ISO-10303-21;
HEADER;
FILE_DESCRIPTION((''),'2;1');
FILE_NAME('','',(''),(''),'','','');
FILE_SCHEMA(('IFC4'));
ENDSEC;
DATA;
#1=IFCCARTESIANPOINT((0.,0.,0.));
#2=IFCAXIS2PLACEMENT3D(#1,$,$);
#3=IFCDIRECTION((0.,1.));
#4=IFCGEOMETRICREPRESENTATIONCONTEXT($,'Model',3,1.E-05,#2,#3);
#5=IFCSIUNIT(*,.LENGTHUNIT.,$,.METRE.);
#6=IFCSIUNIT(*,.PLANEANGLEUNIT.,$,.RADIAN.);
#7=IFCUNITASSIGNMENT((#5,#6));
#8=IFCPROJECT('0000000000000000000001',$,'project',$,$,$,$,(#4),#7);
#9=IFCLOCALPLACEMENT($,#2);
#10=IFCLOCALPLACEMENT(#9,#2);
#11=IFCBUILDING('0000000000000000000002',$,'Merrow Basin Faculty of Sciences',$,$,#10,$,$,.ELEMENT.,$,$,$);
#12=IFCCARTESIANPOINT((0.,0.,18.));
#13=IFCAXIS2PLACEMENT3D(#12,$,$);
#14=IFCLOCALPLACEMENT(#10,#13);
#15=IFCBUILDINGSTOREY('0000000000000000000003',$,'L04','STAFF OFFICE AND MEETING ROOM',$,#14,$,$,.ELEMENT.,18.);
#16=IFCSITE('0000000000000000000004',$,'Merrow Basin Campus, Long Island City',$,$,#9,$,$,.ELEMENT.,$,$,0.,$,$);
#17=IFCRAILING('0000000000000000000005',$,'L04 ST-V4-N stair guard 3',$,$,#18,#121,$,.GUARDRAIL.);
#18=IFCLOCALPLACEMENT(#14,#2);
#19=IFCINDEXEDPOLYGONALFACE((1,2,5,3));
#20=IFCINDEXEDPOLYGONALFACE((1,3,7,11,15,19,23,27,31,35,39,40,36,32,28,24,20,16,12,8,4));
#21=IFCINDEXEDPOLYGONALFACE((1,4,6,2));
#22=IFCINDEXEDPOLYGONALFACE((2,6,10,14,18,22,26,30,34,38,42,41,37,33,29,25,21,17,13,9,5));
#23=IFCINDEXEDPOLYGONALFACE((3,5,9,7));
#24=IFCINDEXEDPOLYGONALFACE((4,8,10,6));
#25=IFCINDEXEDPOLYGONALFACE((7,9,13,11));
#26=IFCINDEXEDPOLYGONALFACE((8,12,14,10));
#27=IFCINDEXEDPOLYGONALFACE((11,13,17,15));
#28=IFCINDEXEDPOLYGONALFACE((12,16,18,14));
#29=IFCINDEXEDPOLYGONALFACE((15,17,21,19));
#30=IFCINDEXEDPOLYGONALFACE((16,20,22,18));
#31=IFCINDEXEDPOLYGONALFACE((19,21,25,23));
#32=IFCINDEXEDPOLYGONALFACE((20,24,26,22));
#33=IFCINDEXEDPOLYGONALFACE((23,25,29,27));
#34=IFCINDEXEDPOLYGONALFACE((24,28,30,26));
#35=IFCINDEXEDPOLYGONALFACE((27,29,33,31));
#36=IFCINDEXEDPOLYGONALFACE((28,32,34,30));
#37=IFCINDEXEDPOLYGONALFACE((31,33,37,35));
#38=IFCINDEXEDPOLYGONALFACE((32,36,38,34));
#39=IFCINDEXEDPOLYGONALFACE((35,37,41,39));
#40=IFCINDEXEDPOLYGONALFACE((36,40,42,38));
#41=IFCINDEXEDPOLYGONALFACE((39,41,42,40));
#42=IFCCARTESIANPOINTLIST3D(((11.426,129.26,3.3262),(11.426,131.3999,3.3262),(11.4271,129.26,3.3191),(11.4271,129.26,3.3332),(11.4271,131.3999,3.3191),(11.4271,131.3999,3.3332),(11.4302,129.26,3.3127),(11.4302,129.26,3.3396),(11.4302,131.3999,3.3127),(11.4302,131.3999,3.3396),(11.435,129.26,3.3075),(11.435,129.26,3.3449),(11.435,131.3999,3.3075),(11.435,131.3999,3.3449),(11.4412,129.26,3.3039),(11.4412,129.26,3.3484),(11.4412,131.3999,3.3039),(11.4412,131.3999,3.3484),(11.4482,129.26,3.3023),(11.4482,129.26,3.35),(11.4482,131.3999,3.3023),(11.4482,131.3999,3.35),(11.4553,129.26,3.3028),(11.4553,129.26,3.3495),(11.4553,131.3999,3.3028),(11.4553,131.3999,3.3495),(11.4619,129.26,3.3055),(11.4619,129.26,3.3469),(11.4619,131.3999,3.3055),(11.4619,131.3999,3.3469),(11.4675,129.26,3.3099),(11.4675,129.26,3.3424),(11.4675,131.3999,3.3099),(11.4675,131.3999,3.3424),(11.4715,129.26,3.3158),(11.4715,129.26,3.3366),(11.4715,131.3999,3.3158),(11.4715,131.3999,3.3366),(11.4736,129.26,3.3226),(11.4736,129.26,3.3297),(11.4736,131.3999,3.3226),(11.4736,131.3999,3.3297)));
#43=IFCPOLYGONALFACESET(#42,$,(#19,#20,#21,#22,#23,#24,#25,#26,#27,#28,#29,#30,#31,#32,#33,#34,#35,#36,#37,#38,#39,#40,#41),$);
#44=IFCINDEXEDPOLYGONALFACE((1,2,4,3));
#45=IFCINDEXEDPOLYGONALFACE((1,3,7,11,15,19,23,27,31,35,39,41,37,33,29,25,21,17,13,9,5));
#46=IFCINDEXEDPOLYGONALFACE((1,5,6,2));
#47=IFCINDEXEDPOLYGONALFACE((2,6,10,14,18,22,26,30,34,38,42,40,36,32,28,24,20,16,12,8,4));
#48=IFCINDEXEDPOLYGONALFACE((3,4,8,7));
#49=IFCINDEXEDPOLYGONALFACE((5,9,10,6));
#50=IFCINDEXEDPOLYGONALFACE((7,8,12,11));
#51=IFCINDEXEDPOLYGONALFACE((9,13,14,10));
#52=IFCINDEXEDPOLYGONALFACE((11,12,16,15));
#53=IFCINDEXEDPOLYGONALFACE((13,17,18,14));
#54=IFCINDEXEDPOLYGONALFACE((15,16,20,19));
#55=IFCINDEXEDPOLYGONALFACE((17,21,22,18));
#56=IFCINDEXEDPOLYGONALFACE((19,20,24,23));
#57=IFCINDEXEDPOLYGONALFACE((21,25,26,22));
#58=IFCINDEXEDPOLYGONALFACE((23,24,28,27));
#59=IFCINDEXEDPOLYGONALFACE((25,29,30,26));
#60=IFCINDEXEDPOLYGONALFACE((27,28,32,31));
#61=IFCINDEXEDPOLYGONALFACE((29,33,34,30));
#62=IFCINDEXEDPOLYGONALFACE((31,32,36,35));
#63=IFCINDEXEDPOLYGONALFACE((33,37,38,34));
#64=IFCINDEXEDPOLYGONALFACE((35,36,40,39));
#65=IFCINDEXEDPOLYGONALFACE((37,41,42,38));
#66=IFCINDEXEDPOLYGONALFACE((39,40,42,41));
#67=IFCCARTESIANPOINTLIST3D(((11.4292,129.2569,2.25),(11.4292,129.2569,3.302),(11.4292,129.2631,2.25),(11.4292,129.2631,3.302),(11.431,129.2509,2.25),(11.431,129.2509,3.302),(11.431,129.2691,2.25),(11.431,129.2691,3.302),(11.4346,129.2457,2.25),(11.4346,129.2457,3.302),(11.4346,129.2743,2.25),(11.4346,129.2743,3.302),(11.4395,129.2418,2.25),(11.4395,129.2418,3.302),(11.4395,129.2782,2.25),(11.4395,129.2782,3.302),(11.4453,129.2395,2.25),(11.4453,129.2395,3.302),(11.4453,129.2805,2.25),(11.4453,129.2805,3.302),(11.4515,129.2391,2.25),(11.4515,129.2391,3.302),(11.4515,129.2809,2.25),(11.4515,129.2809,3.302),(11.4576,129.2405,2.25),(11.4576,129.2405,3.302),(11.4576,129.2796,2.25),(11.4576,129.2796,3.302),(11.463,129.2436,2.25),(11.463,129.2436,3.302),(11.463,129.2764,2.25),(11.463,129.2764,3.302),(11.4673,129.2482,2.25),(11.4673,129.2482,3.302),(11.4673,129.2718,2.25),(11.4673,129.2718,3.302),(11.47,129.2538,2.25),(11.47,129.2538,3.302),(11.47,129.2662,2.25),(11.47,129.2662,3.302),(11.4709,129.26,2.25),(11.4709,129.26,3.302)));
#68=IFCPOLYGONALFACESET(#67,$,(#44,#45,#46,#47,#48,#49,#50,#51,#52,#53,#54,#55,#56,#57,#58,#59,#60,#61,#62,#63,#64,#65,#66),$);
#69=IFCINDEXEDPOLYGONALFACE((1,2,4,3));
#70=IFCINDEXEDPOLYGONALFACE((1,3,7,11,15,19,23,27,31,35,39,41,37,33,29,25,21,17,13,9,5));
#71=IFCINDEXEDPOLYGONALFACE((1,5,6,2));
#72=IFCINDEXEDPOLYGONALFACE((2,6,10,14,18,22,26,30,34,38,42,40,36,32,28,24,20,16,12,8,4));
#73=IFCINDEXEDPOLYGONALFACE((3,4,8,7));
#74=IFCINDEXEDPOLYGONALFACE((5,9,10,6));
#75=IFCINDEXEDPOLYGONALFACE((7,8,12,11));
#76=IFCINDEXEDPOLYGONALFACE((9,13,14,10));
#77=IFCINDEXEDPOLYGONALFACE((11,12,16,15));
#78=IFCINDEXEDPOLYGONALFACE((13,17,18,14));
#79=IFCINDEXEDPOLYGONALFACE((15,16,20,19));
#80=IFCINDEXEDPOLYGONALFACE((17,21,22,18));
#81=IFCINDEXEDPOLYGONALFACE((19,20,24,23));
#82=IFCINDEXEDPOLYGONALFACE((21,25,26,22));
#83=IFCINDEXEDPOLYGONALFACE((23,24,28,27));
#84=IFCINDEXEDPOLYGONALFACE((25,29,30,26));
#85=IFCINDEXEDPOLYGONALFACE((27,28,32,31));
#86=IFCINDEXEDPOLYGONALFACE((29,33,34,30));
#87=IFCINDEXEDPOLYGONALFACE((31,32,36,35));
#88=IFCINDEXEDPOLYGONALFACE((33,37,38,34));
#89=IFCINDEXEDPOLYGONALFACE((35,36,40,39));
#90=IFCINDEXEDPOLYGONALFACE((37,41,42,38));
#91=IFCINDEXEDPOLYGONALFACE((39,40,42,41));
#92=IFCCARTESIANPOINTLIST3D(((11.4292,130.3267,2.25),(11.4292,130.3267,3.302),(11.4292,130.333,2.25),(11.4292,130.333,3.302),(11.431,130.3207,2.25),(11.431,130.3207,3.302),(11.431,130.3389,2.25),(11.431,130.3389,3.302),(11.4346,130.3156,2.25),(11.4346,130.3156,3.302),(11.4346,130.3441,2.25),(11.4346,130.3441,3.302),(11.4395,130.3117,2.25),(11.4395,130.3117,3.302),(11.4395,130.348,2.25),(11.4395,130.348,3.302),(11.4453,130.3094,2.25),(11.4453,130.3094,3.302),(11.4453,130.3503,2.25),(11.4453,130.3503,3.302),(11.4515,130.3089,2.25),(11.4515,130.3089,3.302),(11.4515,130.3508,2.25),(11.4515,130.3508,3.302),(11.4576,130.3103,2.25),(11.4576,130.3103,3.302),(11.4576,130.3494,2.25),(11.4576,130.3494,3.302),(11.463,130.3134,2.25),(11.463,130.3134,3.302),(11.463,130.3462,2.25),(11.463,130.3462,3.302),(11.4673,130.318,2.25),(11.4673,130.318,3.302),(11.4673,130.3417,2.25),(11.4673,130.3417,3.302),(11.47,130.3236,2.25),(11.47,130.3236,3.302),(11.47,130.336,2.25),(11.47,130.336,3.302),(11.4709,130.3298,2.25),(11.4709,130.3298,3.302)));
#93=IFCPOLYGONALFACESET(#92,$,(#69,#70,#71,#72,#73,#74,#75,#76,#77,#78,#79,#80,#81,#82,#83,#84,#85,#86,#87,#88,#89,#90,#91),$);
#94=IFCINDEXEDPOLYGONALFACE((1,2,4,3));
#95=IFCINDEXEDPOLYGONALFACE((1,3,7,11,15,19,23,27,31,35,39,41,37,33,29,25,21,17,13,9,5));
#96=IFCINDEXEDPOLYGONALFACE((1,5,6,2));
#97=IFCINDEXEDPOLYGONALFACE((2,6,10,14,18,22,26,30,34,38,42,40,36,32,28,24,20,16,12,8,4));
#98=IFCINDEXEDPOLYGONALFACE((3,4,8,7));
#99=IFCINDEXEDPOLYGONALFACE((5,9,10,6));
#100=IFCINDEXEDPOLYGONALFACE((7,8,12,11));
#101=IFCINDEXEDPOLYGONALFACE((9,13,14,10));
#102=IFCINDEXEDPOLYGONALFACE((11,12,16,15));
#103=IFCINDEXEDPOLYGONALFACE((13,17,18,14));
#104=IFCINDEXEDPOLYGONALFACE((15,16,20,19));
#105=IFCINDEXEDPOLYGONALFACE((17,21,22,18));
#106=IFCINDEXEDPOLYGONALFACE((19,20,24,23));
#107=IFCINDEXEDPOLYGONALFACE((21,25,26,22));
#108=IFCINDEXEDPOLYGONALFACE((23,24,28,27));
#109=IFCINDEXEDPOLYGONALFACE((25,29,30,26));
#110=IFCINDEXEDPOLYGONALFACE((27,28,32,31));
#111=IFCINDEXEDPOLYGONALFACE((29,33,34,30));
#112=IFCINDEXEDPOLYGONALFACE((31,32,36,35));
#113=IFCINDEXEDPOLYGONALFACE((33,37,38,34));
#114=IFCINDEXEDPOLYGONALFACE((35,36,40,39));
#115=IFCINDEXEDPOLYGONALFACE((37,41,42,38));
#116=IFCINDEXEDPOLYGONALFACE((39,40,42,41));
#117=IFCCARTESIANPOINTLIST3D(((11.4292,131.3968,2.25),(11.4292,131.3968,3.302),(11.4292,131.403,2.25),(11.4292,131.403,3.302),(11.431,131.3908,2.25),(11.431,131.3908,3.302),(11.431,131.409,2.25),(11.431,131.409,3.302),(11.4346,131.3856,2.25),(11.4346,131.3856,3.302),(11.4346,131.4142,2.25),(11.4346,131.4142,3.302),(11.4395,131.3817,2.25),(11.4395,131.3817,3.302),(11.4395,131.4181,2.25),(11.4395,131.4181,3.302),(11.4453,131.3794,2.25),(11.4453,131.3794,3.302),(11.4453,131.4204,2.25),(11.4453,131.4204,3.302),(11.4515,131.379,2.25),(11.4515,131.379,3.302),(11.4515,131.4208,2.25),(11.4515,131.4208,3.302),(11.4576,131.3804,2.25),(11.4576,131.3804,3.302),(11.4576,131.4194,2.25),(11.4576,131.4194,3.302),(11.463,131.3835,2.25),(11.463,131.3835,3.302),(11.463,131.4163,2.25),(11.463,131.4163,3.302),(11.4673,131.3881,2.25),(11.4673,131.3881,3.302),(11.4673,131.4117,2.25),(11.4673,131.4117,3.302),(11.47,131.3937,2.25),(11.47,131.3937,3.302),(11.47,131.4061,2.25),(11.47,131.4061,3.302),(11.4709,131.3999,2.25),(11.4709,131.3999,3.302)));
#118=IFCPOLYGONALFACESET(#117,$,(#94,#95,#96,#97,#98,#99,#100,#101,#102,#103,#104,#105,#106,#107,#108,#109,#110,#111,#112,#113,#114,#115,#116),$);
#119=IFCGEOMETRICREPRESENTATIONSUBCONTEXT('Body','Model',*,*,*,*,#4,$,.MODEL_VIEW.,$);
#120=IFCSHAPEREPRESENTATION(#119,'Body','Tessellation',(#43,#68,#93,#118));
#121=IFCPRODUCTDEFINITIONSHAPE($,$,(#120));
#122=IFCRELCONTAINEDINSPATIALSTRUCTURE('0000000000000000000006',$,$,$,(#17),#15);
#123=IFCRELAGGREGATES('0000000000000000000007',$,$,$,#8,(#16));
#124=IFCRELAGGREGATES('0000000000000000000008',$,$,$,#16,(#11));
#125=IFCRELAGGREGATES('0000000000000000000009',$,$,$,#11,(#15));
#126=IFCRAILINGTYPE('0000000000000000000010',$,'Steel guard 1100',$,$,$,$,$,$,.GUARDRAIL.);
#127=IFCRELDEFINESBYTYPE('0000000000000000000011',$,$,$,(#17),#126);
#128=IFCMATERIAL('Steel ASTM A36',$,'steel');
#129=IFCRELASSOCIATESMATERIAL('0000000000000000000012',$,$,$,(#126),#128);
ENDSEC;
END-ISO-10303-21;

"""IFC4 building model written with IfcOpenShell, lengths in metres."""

from ifc_helpers import new_model, si_unit, direction, frame, origin, origin_2d, place, context, subcontext, project, spatial, circle, extrude, material, type_object, element, save


model = new_model("IFC4")

# Units and contexts
model_context = context("Model", 3, precision=1e-05, world=origin(), true_north=direction((0.0, 1.0)))
body_context = subcontext(model_context, "Body", "Model", "MODEL_VIEW")
ifc_project = project(units=[si_unit("LENGTHUNIT", "METRE"), si_unit("PLANEANGLEUNIT", "RADIAN")], contexts=[model_context])

# Site, building, storey
site_placement = place(None, origin())
site = spatial("IfcSite", under=ifc_project, at=site_placement, Name="Merrow Basin Campus, Long Island City", CompositionType="ELEMENT", RefElevation=0.0)
building_placement = place(site_placement, origin())
building = spatial("IfcBuilding", under=site, at=building_placement, Name="Merrow Basin Faculty of Sciences", CompositionType="ELEMENT")
storey_placement = place(building_placement, frame((0.0, 0.0, 18.0)))
storey = spatial("IfcBuildingStorey", under=building, at=storey_placement, Name="L04", Description="STAFF OFFICE AND MEETING ROOM", CompositionType="ELEMENT", Elevation=18.0)

# Railing
ifc_material_1 = material(Name="Steel ASTM A36", Category="steel")
railing_type_1 = type_object("IfcRailingType", Name="Steel guard 1100", PredefinedType="GUARDRAIL", material=ifc_material_1)
railing_1_placement = place(storey_placement, frame((11.45, 129.26, 2.25)))
element("IfcRailing", 1, at=railing_1_placement, inside=storey, type_object=railing_type_1, Name="L04 ST-V4-N stair guard 3", PredefinedType="GUARDRAIL", context=body_context, shape_type="SweptSolid", body=[
    extrude(circle(Radius=0.0239, at=origin_2d()), frame((0.0, 0.0, 1.0762), z_axis=(0.0, 1.0, 0.0), x_axis=(-1.0, 0.0, 0.0)), (0.0, 0.0, 1.0), 2.1399),
    extrude(circle(Radius=0.021, at=origin_2d()), origin(), (0.0, 0.0, 1.0), 1.052),
    extrude(circle(Radius=0.021, at=origin_2d()), frame((0.0, 1.0698, 0.0)), (0.0, 0.0, 1.0), 1.052),
    extrude(circle(Radius=0.021, at=origin_2d()), frame((0.0, 2.1399, 0.0)), (0.0, 0.0, 1.0), 1.052),
])

save(model, "model.ifc")
